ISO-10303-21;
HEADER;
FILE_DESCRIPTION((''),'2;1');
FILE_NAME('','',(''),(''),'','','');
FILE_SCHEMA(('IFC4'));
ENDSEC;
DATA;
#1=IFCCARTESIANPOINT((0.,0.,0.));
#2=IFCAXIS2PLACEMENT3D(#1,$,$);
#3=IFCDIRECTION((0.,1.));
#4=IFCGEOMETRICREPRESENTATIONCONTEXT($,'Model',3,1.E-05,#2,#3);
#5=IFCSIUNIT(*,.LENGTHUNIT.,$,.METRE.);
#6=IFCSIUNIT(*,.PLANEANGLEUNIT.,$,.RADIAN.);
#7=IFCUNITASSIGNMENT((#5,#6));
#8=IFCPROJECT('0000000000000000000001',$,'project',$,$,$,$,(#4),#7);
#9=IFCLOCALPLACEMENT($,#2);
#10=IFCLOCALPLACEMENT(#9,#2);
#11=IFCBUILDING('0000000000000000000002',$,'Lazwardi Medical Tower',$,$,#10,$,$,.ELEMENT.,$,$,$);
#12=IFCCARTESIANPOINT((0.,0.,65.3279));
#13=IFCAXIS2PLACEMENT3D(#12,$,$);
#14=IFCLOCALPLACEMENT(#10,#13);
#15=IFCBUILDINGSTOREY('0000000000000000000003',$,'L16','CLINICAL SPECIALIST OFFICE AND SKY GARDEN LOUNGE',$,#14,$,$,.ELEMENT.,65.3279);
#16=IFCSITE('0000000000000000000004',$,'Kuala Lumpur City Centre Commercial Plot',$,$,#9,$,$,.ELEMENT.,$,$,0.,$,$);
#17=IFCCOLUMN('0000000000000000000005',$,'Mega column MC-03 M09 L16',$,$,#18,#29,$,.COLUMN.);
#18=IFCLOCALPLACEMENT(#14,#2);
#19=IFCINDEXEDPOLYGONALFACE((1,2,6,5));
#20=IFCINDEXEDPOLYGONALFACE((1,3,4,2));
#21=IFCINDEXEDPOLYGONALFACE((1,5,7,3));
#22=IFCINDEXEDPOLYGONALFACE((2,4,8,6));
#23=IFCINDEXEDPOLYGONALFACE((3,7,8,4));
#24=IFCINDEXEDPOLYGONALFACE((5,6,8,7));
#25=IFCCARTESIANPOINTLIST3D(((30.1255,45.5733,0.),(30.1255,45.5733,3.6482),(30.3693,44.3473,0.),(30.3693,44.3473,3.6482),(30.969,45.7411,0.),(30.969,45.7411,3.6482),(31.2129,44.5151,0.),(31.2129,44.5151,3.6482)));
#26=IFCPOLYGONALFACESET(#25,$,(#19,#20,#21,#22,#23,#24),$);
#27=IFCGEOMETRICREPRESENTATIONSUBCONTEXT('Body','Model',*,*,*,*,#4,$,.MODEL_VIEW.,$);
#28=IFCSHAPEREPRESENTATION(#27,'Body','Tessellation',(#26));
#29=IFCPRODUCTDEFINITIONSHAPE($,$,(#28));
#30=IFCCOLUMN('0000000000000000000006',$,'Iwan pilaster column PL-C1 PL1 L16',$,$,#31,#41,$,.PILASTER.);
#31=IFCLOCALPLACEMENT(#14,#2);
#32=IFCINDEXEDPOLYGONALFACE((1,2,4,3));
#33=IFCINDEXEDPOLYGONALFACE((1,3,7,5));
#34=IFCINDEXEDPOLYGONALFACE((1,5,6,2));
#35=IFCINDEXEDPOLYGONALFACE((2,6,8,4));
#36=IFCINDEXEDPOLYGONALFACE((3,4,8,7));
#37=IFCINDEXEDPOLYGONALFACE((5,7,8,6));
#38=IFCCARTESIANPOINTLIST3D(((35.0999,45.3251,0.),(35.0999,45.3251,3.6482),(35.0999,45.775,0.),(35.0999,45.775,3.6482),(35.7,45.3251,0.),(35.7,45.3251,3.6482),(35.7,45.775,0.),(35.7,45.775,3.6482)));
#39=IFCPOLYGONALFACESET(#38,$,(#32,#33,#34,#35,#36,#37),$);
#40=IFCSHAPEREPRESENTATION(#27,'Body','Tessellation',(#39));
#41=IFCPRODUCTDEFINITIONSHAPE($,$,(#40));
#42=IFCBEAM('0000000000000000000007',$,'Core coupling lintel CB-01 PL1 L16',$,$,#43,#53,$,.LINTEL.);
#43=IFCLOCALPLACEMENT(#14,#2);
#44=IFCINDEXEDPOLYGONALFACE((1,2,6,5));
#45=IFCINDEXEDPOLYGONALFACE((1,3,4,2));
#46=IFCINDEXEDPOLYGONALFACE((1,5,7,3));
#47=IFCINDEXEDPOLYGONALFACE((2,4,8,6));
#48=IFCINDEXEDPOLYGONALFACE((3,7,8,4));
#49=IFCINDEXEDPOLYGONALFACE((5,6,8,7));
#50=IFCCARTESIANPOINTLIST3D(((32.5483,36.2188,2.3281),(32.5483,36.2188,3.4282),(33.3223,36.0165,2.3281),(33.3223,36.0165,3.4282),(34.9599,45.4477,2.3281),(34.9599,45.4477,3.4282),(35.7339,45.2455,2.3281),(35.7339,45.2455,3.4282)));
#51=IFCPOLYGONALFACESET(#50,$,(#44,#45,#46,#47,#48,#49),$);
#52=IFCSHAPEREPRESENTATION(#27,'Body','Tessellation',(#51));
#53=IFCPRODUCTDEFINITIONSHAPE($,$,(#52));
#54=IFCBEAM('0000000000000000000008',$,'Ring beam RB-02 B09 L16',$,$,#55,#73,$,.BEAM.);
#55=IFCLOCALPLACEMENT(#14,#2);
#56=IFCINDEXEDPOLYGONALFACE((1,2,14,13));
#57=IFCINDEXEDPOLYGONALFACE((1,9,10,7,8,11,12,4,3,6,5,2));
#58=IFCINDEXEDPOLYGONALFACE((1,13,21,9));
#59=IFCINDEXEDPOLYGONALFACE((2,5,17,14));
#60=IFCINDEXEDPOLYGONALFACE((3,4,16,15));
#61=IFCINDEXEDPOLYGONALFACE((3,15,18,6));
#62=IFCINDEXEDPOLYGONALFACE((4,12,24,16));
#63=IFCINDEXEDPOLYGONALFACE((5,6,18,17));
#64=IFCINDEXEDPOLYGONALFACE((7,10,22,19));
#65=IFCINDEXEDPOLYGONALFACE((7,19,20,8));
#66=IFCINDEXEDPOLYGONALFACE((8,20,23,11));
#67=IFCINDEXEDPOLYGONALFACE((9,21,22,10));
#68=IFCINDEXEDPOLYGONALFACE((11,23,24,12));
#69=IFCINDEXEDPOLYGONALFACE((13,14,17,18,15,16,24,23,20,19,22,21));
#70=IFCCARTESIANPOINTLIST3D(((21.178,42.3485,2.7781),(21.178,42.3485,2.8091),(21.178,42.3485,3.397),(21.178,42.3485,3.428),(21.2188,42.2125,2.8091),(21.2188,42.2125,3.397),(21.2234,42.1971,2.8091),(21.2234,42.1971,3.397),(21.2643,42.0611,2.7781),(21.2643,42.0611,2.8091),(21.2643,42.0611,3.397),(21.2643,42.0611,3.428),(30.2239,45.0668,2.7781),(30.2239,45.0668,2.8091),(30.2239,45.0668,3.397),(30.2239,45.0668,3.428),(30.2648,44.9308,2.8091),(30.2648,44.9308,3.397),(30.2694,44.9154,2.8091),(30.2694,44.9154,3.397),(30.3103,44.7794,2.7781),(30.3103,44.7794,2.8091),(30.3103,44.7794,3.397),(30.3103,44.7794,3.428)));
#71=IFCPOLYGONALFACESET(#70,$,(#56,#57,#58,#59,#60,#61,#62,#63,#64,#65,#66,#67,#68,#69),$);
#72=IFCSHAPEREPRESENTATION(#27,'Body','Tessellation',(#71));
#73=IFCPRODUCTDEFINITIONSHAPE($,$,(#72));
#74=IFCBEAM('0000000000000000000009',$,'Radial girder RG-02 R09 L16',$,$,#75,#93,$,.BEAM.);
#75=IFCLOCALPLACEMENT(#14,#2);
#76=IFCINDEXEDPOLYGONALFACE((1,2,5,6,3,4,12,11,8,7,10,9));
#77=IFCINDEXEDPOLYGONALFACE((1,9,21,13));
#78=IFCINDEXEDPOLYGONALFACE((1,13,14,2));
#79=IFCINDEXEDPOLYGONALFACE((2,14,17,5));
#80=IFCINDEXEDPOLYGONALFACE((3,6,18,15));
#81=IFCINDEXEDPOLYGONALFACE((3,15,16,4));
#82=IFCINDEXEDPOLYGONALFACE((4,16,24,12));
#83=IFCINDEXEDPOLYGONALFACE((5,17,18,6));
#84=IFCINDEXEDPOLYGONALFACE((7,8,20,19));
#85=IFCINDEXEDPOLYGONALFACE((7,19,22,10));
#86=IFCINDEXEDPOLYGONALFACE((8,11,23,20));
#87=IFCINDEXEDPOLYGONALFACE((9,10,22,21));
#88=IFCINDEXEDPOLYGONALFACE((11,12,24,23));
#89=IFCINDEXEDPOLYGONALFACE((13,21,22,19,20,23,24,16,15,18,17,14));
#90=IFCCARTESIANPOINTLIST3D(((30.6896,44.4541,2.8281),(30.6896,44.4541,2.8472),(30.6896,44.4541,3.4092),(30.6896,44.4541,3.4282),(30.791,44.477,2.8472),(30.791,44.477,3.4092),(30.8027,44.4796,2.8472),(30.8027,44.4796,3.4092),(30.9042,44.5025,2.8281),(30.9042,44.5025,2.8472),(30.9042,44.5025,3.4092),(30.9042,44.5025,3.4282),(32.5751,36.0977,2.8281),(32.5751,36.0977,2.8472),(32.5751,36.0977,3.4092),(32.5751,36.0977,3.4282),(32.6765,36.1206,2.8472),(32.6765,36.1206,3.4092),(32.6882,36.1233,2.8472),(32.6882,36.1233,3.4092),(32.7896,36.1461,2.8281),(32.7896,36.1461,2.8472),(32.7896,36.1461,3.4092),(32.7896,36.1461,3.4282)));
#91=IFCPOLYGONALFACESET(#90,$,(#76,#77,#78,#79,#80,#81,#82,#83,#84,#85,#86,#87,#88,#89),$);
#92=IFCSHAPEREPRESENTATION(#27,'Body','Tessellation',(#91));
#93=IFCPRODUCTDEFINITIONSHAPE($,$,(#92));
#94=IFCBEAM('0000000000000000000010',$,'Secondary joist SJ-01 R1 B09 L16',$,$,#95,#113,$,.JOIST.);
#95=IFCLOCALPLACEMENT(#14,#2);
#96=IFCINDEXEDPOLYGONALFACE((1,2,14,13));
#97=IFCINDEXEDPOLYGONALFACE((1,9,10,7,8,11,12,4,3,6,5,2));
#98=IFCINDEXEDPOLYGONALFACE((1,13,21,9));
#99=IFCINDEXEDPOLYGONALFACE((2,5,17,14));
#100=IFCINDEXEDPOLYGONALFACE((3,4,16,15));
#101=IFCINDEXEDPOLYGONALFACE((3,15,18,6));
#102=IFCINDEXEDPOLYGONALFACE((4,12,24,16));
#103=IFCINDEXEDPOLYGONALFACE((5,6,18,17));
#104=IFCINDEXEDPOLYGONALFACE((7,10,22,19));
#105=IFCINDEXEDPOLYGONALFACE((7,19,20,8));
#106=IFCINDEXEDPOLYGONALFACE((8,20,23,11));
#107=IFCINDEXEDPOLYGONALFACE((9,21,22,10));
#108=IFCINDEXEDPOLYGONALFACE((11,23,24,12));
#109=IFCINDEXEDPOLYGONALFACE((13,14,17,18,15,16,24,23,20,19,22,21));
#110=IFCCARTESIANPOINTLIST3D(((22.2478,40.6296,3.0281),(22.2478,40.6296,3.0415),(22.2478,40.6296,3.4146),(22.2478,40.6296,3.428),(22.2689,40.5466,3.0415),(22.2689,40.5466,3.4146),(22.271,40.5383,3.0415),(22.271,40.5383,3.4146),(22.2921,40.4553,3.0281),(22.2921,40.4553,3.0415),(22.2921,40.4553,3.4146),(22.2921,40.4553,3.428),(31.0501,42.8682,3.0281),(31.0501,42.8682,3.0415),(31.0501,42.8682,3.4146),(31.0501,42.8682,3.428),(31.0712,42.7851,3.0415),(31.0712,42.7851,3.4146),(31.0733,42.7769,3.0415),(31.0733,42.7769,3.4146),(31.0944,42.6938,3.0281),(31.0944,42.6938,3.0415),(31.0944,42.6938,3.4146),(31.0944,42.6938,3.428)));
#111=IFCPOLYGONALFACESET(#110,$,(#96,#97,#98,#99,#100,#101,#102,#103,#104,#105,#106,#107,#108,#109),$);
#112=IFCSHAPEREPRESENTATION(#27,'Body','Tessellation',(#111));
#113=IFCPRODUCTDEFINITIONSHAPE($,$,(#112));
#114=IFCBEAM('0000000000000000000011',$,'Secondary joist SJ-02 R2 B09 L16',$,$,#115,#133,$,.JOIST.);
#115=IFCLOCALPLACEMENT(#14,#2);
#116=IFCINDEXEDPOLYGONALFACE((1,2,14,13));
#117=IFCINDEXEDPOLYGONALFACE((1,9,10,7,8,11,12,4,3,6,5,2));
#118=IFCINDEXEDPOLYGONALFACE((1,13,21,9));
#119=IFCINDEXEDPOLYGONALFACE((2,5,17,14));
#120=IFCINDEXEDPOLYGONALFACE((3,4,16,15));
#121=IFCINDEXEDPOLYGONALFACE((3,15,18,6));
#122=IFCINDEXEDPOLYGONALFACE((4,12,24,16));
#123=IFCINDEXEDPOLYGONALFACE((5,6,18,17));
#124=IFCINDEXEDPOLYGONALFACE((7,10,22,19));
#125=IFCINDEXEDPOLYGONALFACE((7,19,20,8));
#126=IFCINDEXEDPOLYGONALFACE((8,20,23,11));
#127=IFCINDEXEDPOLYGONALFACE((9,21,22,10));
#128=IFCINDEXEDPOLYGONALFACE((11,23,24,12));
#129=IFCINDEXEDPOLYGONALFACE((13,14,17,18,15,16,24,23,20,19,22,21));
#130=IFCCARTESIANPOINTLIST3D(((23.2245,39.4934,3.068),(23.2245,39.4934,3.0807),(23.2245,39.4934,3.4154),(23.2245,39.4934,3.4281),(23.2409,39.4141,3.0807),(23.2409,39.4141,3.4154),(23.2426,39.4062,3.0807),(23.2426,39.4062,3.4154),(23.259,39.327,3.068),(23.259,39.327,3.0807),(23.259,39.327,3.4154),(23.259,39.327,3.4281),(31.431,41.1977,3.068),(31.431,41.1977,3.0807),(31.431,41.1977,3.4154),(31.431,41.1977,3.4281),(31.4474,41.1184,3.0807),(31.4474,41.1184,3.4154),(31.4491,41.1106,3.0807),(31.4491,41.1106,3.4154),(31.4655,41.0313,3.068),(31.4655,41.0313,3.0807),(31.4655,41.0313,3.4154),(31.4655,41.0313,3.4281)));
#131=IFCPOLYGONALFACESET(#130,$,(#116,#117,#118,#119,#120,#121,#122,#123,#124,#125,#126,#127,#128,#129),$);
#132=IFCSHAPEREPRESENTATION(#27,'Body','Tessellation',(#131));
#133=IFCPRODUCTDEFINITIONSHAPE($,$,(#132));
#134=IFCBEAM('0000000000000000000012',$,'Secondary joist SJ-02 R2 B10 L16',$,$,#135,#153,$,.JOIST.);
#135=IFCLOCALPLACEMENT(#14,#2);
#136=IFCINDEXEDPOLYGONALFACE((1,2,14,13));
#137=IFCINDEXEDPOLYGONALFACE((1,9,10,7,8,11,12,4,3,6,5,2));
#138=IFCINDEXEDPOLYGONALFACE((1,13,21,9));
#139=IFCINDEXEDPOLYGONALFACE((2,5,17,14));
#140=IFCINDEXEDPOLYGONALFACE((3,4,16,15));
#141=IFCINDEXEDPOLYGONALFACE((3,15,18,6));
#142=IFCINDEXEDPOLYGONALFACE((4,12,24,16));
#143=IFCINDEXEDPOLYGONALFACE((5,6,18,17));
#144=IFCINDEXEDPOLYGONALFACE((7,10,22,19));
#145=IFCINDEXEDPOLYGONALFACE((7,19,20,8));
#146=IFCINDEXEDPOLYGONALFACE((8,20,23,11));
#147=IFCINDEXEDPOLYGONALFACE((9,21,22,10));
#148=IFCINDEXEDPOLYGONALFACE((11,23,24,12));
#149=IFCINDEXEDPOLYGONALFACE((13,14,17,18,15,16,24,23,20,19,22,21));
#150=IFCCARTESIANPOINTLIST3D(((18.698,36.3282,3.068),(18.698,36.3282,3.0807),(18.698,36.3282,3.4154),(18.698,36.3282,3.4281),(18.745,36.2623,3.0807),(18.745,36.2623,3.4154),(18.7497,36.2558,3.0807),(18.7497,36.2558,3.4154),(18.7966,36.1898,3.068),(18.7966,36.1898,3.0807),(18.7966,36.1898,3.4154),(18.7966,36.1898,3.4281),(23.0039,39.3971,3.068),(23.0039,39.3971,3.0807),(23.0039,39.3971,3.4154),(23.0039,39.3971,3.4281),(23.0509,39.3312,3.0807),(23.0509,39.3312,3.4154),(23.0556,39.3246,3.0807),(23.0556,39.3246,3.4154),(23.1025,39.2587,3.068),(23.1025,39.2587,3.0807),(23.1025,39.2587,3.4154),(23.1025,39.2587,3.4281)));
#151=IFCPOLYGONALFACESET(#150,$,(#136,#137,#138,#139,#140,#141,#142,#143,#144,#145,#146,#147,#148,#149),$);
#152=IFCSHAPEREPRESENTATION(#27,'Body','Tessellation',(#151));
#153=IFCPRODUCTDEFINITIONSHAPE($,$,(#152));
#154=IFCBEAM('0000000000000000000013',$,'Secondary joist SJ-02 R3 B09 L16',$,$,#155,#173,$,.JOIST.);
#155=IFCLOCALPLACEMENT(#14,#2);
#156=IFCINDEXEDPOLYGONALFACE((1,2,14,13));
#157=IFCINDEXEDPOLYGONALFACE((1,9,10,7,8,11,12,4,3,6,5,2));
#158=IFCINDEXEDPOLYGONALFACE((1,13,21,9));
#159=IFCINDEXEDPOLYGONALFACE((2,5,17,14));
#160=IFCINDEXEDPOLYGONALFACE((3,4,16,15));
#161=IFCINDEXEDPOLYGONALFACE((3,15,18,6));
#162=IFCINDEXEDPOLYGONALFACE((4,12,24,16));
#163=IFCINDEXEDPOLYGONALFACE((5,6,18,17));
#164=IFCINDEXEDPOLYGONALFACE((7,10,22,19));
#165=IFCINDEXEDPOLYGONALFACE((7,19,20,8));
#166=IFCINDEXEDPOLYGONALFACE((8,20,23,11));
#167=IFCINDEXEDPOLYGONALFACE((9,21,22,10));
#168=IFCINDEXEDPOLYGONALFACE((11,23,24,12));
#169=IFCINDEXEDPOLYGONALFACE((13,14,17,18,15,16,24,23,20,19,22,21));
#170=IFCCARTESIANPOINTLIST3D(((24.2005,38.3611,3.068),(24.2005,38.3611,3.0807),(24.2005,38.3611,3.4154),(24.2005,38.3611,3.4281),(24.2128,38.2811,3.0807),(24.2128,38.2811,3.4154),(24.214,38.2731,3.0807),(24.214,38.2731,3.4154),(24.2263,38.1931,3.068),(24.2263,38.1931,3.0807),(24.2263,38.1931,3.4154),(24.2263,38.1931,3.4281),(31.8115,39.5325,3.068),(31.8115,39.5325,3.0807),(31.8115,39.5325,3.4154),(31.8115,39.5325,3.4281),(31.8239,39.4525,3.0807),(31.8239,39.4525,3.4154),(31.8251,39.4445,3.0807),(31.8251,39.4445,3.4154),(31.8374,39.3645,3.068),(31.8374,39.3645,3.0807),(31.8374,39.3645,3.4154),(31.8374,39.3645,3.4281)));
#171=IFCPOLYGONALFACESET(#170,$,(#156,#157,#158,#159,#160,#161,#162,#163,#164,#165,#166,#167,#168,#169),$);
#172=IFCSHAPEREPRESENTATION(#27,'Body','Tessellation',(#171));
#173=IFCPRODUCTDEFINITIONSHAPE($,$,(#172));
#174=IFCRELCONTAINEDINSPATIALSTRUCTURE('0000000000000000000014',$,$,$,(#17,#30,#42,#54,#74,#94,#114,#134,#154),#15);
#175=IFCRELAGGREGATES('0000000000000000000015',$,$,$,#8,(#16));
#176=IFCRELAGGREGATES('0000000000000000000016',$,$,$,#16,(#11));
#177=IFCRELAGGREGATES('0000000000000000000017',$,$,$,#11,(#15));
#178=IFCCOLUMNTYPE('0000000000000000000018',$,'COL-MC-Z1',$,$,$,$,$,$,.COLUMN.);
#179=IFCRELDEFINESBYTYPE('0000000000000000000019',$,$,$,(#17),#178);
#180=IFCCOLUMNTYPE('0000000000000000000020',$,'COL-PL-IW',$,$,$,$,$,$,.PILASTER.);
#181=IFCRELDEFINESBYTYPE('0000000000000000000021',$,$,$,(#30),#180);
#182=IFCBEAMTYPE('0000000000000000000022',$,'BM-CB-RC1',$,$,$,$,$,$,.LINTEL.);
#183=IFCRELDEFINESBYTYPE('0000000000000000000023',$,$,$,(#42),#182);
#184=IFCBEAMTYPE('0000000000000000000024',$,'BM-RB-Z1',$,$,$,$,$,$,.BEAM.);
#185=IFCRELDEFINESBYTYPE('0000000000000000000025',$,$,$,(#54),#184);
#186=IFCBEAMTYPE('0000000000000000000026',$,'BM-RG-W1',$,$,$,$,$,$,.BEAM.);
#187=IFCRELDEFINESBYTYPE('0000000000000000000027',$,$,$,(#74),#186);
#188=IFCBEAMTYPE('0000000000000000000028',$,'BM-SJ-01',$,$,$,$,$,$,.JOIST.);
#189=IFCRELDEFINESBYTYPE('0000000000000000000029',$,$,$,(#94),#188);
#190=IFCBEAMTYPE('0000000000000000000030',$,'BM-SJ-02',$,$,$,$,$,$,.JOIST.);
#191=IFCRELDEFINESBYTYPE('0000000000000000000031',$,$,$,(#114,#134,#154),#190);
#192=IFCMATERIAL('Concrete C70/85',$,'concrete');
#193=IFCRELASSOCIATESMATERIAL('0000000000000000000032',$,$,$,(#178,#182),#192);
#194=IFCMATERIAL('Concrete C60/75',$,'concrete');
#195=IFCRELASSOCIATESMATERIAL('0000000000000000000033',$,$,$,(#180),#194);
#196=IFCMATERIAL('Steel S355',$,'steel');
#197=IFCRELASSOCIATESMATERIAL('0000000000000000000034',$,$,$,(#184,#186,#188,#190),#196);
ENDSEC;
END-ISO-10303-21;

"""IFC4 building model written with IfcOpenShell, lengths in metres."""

from ifc_helpers import new_model, si_unit, direction, frame, origin, origin_2d, place, context, subcontext, project, spatial, rectangle, i_section, extrude, material, material_profile, profile_set, type_object, element, save


model = new_model("IFC4")

# Units and contexts
model_context = context("Model", 3, precision=1e-05, world=origin(), true_north=direction((0.0, 1.0)))
body_context = subcontext(model_context, "Body", "Model", "MODEL_VIEW")
ifc_project = project(units=[si_unit("LENGTHUNIT", "METRE"), si_unit("PLANEANGLEUNIT", "RADIAN")], contexts=[model_context])

# Site, building, storey
site_placement = place(None, origin())
site = spatial("IfcSite", under=ifc_project, at=site_placement, Name="Kuala Lumpur City Centre Commercial Plot", CompositionType="ELEMENT", RefElevation=0.0)
building_placement = place(site_placement, origin())
building = spatial("IfcBuilding", under=site, at=building_placement, Name="Lazwardi Medical Tower", CompositionType="ELEMENT")
storey_placement = place(building_placement, frame((0.0, 0.0, 65.3279)))
storey = spatial("IfcBuildingStorey", under=building, at=storey_placement, Name="L16", Description="CLINICAL SPECIALIST OFFICE AND SKY GARDEN LOUNGE", CompositionType="ELEMENT", Elevation=65.3279)

# Columns
ifc_material_1 = material(Name="Concrete C70/85", Category="concrete")
ifc_material_profile_1 = material_profile(ifc_material_1, rectangle(XDim=1.25, YDim=0.8601, at=origin_2d()), Name="CFT-RECT 1250x860")
ifc_profile_set_1 = profile_set([ifc_material_profile_1], Name="Concrete C70/85")
column_type_1 = type_object("IfcColumnType", Name="COL-MC-Z1", PredefinedType="COLUMN", material=ifc_profile_set_1)
column_1_placement = place(storey_placement, frame((30.6692, 45.0442, 0.0), z_axis=(0.0, 0.0, 1.0), x_axis=(-0.19509, 0.980785, 0.0)))
element("IfcColumn", 1, at=column_1_placement, inside=storey, type_object=column_type_1, Name="Mega column MC-03 M09 L16", PredefinedType="COLUMN", context=body_context, shape_type="SweptSolid", body=[
    extrude(rectangle(XDim=1.25, YDim=0.8601, at=origin_2d()), origin(), (0.0, 0.0, 1.0), 3.6482),
])
ifc_material_2 = material(Name="Concrete C60/75", Category="concrete")
ifc_material_profile_2 = material_profile(ifc_material_2, rectangle(XDim=0.6001, YDim=0.45, at=origin_2d()), Name="RC 600x450")
ifc_profile_set_2 = profile_set([ifc_material_profile_2], Name="Concrete C60/75")
column_type_2 = type_object("IfcColumnType", Name="COL-PL-IW", PredefinedType="PILASTER", material=ifc_profile_set_2)
column_2_placement = place(storey_placement, frame((35.3999, 45.55, 0.0), z_axis=(0.0, 0.0, 1.0), x_axis=(1.0, 0.0, 0.0)))
element("IfcColumn", 2, at=column_2_placement, inside=storey, type_object=column_type_2, Name="Iwan pilaster column PL-C1 PL1 L16", PredefinedType="PILASTER", context=body_context, shape_type="SweptSolid", body=[
    extrude(rectangle(XDim=0.6001, YDim=0.45, at=origin_2d()), origin(), (0.0, 0.0, 1.0), 3.6482),
])

# Beams
ifc_material_profile_3 = material_profile(ifc_material_1, rectangle(XDim=0.8, YDim=1.1001, at=origin_2d()), Name="RC 800x1100")
ifc_profile_set_3 = profile_set([ifc_material_profile_3], Name="Concrete C70/85")
beam_type_1 = type_object("IfcBeamType", Name="BM-CB-RC1", PredefinedType="LINTEL", material=ifc_profile_set_3)
beam_1_placement = place(storey_placement, frame((32.9353, 36.1177, 2.8782), z_axis=(0.25282, 0.967513, 0.0), x_axis=(-0.967513, 0.25282, 0.0)))
element("IfcBeam", 3, at=beam_1_placement, inside=storey, type_object=beam_type_1, Name="Core coupling lintel CB-01 PL1 L16", PredefinedType="LINTEL", context=body_context, shape_type="SweptSolid", body=[
    extrude(rectangle(XDim=0.8, YDim=1.1001, at=origin_2d()), origin(), (0.0, 0.0, 1.0), 9.5388),
])
ifc_material_3 = material(Name="Steel S355", Category="steel")
ifc_material_profile_4 = material_profile(ifc_material_3, i_section(OverallWidth=0.3, OverallDepth=0.6499, WebThickness=0.0161, FlangeThickness=0.031, at=origin_2d()), Name="HEB 650")
ifc_profile_set_4 = profile_set([ifc_material_profile_4], Name="Steel S355")
beam_type_2 = type_object("IfcBeamType", Name="BM-RB-Z1", PredefinedType="BEAM", material=ifc_profile_set_4)
beam_2_placement = place(storey_placement, frame((30.2671, 44.9231, 3.103), z_axis=(-0.957695, -0.287784, 0.0), x_axis=(0.287784, -0.957695, 0.0)))
element("IfcBeam", 4, at=beam_2_placement, inside=storey, type_object=beam_type_2, Name="Ring beam RB-02 B09 L16", PredefinedType="BEAM", context=body_context, shape_type="SweptSolid", body=[
    extrude(i_section(OverallWidth=0.3, OverallDepth=0.6499, WebThickness=0.0161, FlangeThickness=0.031, at=origin_2d()), origin(), (0.0, 0.0, 1.0), 9.4456),
])
ifc_material_profile_5 = material_profile(ifc_material_3, i_section(OverallWidth=0.22, OverallDepth=0.6001, WebThickness=0.012, FlangeThickness=0.019, at=origin_2d()), Name="IPE 600")
ifc_profile_set_5 = profile_set([ifc_material_profile_5], Name="Steel S355")
beam_type_3 = type_object("IfcBeamType", Name="BM-RG-W1", PredefinedType="BEAM", material=ifc_profile_set_5)
beam_3_placement = place(storey_placement, frame((30.7969, 44.4783, 3.1282), z_axis=(0.220101, -0.975477, 0.0), x_axis=(0.975477, 0.220101, 0.0)))
element("IfcBeam", 5, at=beam_3_placement, inside=storey, type_object=beam_type_3, Name="Radial girder RG-02 R09 L16", PredefinedType="BEAM", context=body_context, shape_type="SweptSolid", body=[
    extrude(i_section(OverallWidth=0.22, OverallDepth=0.6001, WebThickness=0.012, FlangeThickness=0.019, at=origin_2d()), origin(), (0.0, 0.0, 1.0), 8.5664),
])
ifc_material_profile_6 = material_profile(ifc_material_3, i_section(OverallWidth=0.1799, OverallDepth=0.3999, WebThickness=0.0085, FlangeThickness=0.0134, at=origin_2d()), Name="IPE 400")
ifc_profile_set_6 = profile_set([ifc_material_profile_6], Name="Steel S355")
beam_type_4 = type_object("IfcBeamType", Name="BM-SJ-01", PredefinedType="JOIST", material=ifc_profile_set_6)
beam_4_placement = place(storey_placement, frame((31.0723, 42.781, 3.228), z_axis=(-0.969151, -0.246468, 0.0), x_axis=(0.246468, -0.969151, 0.0)))
element("IfcBeam", 6, at=beam_4_placement, inside=storey, type_object=beam_type_4, Name="Secondary joist SJ-01 R1 B09 L16", PredefinedType="JOIST", context=body_context, shape_type="SweptSolid", body=[
    extrude(i_section(OverallWidth=0.1799, OverallDepth=0.3999, WebThickness=0.0085, FlangeThickness=0.0134, at=origin_2d()), origin(), (0.0, 0.0, 1.0), 9.0825),
])
ifc_material_profile_7 = material_profile(ifc_material_3, i_section(OverallWidth=0.1699, OverallDepth=0.3601, WebThickness=0.0081, FlangeThickness=0.0127, at=origin_2d()), Name="IPE 360")
ifc_profile_set_7 = profile_set([ifc_material_profile_7], Name="Steel S355")
beam_type_5 = type_object("IfcBeamType", Name="BM-SJ-02", PredefinedType="JOIST", material=ifc_profile_set_7)
beam_5_placement = place(storey_placement, frame((31.4482, 41.1145, 3.248), z_axis=(-0.979108, -0.203342, 0.0), x_axis=(0.203342, -0.979108, 0.0)))
element("IfcBeam", 7, at=beam_5_placement, inside=storey, type_object=beam_type_5, Name="Secondary joist SJ-02 R2 B09 L16", PredefinedType="JOIST", context=body_context, shape_type="SweptSolid", body=[
    extrude(i_section(OverallWidth=0.1699, OverallDepth=0.3601, WebThickness=0.0081, FlangeThickness=0.0127, at=origin_2d()), origin(), (0.0, 0.0, 1.0), 8.3816),
])
beam_6_placement = place(storey_placement, frame((23.0532, 39.3279, 3.248), z_axis=(-0.814341, -0.580386, 0.0), x_axis=(0.580386, -0.814341, 0.0)))
element("IfcBeam", 8, at=beam_6_placement, inside=storey, type_object=beam_type_5, Name="Secondary joist SJ-02 R2 B10 L16", PredefinedType="JOIST", context=body_context, shape_type="SweptSolid", body=[
    extrude(i_section(OverallWidth=0.1699, OverallDepth=0.3601, WebThickness=0.0081, FlangeThickness=0.0127, at=origin_2d()), origin(), (0.0, 0.0, 1.0), 5.2876),
])
beam_7_placement = place(storey_placement, frame((31.8245, 39.4485, 3.248), z_axis=(-0.988363, -0.152114, 0.0), x_axis=(0.152114, -0.988363, 0.0)))
element("IfcBeam", 9, at=beam_7_placement, inside=storey, type_object=beam_type_5, Name="Secondary joist SJ-02 R3 B09 L16", PredefinedType="JOIST", context=body_context, shape_type="SweptSolid", body=[
    extrude(i_section(OverallWidth=0.1699, OverallDepth=0.3601, WebThickness=0.0081, FlangeThickness=0.0127, at=origin_2d()), origin(), (0.0, 0.0, 1.0), 7.7007),
])

save(model, "model.ifc")
